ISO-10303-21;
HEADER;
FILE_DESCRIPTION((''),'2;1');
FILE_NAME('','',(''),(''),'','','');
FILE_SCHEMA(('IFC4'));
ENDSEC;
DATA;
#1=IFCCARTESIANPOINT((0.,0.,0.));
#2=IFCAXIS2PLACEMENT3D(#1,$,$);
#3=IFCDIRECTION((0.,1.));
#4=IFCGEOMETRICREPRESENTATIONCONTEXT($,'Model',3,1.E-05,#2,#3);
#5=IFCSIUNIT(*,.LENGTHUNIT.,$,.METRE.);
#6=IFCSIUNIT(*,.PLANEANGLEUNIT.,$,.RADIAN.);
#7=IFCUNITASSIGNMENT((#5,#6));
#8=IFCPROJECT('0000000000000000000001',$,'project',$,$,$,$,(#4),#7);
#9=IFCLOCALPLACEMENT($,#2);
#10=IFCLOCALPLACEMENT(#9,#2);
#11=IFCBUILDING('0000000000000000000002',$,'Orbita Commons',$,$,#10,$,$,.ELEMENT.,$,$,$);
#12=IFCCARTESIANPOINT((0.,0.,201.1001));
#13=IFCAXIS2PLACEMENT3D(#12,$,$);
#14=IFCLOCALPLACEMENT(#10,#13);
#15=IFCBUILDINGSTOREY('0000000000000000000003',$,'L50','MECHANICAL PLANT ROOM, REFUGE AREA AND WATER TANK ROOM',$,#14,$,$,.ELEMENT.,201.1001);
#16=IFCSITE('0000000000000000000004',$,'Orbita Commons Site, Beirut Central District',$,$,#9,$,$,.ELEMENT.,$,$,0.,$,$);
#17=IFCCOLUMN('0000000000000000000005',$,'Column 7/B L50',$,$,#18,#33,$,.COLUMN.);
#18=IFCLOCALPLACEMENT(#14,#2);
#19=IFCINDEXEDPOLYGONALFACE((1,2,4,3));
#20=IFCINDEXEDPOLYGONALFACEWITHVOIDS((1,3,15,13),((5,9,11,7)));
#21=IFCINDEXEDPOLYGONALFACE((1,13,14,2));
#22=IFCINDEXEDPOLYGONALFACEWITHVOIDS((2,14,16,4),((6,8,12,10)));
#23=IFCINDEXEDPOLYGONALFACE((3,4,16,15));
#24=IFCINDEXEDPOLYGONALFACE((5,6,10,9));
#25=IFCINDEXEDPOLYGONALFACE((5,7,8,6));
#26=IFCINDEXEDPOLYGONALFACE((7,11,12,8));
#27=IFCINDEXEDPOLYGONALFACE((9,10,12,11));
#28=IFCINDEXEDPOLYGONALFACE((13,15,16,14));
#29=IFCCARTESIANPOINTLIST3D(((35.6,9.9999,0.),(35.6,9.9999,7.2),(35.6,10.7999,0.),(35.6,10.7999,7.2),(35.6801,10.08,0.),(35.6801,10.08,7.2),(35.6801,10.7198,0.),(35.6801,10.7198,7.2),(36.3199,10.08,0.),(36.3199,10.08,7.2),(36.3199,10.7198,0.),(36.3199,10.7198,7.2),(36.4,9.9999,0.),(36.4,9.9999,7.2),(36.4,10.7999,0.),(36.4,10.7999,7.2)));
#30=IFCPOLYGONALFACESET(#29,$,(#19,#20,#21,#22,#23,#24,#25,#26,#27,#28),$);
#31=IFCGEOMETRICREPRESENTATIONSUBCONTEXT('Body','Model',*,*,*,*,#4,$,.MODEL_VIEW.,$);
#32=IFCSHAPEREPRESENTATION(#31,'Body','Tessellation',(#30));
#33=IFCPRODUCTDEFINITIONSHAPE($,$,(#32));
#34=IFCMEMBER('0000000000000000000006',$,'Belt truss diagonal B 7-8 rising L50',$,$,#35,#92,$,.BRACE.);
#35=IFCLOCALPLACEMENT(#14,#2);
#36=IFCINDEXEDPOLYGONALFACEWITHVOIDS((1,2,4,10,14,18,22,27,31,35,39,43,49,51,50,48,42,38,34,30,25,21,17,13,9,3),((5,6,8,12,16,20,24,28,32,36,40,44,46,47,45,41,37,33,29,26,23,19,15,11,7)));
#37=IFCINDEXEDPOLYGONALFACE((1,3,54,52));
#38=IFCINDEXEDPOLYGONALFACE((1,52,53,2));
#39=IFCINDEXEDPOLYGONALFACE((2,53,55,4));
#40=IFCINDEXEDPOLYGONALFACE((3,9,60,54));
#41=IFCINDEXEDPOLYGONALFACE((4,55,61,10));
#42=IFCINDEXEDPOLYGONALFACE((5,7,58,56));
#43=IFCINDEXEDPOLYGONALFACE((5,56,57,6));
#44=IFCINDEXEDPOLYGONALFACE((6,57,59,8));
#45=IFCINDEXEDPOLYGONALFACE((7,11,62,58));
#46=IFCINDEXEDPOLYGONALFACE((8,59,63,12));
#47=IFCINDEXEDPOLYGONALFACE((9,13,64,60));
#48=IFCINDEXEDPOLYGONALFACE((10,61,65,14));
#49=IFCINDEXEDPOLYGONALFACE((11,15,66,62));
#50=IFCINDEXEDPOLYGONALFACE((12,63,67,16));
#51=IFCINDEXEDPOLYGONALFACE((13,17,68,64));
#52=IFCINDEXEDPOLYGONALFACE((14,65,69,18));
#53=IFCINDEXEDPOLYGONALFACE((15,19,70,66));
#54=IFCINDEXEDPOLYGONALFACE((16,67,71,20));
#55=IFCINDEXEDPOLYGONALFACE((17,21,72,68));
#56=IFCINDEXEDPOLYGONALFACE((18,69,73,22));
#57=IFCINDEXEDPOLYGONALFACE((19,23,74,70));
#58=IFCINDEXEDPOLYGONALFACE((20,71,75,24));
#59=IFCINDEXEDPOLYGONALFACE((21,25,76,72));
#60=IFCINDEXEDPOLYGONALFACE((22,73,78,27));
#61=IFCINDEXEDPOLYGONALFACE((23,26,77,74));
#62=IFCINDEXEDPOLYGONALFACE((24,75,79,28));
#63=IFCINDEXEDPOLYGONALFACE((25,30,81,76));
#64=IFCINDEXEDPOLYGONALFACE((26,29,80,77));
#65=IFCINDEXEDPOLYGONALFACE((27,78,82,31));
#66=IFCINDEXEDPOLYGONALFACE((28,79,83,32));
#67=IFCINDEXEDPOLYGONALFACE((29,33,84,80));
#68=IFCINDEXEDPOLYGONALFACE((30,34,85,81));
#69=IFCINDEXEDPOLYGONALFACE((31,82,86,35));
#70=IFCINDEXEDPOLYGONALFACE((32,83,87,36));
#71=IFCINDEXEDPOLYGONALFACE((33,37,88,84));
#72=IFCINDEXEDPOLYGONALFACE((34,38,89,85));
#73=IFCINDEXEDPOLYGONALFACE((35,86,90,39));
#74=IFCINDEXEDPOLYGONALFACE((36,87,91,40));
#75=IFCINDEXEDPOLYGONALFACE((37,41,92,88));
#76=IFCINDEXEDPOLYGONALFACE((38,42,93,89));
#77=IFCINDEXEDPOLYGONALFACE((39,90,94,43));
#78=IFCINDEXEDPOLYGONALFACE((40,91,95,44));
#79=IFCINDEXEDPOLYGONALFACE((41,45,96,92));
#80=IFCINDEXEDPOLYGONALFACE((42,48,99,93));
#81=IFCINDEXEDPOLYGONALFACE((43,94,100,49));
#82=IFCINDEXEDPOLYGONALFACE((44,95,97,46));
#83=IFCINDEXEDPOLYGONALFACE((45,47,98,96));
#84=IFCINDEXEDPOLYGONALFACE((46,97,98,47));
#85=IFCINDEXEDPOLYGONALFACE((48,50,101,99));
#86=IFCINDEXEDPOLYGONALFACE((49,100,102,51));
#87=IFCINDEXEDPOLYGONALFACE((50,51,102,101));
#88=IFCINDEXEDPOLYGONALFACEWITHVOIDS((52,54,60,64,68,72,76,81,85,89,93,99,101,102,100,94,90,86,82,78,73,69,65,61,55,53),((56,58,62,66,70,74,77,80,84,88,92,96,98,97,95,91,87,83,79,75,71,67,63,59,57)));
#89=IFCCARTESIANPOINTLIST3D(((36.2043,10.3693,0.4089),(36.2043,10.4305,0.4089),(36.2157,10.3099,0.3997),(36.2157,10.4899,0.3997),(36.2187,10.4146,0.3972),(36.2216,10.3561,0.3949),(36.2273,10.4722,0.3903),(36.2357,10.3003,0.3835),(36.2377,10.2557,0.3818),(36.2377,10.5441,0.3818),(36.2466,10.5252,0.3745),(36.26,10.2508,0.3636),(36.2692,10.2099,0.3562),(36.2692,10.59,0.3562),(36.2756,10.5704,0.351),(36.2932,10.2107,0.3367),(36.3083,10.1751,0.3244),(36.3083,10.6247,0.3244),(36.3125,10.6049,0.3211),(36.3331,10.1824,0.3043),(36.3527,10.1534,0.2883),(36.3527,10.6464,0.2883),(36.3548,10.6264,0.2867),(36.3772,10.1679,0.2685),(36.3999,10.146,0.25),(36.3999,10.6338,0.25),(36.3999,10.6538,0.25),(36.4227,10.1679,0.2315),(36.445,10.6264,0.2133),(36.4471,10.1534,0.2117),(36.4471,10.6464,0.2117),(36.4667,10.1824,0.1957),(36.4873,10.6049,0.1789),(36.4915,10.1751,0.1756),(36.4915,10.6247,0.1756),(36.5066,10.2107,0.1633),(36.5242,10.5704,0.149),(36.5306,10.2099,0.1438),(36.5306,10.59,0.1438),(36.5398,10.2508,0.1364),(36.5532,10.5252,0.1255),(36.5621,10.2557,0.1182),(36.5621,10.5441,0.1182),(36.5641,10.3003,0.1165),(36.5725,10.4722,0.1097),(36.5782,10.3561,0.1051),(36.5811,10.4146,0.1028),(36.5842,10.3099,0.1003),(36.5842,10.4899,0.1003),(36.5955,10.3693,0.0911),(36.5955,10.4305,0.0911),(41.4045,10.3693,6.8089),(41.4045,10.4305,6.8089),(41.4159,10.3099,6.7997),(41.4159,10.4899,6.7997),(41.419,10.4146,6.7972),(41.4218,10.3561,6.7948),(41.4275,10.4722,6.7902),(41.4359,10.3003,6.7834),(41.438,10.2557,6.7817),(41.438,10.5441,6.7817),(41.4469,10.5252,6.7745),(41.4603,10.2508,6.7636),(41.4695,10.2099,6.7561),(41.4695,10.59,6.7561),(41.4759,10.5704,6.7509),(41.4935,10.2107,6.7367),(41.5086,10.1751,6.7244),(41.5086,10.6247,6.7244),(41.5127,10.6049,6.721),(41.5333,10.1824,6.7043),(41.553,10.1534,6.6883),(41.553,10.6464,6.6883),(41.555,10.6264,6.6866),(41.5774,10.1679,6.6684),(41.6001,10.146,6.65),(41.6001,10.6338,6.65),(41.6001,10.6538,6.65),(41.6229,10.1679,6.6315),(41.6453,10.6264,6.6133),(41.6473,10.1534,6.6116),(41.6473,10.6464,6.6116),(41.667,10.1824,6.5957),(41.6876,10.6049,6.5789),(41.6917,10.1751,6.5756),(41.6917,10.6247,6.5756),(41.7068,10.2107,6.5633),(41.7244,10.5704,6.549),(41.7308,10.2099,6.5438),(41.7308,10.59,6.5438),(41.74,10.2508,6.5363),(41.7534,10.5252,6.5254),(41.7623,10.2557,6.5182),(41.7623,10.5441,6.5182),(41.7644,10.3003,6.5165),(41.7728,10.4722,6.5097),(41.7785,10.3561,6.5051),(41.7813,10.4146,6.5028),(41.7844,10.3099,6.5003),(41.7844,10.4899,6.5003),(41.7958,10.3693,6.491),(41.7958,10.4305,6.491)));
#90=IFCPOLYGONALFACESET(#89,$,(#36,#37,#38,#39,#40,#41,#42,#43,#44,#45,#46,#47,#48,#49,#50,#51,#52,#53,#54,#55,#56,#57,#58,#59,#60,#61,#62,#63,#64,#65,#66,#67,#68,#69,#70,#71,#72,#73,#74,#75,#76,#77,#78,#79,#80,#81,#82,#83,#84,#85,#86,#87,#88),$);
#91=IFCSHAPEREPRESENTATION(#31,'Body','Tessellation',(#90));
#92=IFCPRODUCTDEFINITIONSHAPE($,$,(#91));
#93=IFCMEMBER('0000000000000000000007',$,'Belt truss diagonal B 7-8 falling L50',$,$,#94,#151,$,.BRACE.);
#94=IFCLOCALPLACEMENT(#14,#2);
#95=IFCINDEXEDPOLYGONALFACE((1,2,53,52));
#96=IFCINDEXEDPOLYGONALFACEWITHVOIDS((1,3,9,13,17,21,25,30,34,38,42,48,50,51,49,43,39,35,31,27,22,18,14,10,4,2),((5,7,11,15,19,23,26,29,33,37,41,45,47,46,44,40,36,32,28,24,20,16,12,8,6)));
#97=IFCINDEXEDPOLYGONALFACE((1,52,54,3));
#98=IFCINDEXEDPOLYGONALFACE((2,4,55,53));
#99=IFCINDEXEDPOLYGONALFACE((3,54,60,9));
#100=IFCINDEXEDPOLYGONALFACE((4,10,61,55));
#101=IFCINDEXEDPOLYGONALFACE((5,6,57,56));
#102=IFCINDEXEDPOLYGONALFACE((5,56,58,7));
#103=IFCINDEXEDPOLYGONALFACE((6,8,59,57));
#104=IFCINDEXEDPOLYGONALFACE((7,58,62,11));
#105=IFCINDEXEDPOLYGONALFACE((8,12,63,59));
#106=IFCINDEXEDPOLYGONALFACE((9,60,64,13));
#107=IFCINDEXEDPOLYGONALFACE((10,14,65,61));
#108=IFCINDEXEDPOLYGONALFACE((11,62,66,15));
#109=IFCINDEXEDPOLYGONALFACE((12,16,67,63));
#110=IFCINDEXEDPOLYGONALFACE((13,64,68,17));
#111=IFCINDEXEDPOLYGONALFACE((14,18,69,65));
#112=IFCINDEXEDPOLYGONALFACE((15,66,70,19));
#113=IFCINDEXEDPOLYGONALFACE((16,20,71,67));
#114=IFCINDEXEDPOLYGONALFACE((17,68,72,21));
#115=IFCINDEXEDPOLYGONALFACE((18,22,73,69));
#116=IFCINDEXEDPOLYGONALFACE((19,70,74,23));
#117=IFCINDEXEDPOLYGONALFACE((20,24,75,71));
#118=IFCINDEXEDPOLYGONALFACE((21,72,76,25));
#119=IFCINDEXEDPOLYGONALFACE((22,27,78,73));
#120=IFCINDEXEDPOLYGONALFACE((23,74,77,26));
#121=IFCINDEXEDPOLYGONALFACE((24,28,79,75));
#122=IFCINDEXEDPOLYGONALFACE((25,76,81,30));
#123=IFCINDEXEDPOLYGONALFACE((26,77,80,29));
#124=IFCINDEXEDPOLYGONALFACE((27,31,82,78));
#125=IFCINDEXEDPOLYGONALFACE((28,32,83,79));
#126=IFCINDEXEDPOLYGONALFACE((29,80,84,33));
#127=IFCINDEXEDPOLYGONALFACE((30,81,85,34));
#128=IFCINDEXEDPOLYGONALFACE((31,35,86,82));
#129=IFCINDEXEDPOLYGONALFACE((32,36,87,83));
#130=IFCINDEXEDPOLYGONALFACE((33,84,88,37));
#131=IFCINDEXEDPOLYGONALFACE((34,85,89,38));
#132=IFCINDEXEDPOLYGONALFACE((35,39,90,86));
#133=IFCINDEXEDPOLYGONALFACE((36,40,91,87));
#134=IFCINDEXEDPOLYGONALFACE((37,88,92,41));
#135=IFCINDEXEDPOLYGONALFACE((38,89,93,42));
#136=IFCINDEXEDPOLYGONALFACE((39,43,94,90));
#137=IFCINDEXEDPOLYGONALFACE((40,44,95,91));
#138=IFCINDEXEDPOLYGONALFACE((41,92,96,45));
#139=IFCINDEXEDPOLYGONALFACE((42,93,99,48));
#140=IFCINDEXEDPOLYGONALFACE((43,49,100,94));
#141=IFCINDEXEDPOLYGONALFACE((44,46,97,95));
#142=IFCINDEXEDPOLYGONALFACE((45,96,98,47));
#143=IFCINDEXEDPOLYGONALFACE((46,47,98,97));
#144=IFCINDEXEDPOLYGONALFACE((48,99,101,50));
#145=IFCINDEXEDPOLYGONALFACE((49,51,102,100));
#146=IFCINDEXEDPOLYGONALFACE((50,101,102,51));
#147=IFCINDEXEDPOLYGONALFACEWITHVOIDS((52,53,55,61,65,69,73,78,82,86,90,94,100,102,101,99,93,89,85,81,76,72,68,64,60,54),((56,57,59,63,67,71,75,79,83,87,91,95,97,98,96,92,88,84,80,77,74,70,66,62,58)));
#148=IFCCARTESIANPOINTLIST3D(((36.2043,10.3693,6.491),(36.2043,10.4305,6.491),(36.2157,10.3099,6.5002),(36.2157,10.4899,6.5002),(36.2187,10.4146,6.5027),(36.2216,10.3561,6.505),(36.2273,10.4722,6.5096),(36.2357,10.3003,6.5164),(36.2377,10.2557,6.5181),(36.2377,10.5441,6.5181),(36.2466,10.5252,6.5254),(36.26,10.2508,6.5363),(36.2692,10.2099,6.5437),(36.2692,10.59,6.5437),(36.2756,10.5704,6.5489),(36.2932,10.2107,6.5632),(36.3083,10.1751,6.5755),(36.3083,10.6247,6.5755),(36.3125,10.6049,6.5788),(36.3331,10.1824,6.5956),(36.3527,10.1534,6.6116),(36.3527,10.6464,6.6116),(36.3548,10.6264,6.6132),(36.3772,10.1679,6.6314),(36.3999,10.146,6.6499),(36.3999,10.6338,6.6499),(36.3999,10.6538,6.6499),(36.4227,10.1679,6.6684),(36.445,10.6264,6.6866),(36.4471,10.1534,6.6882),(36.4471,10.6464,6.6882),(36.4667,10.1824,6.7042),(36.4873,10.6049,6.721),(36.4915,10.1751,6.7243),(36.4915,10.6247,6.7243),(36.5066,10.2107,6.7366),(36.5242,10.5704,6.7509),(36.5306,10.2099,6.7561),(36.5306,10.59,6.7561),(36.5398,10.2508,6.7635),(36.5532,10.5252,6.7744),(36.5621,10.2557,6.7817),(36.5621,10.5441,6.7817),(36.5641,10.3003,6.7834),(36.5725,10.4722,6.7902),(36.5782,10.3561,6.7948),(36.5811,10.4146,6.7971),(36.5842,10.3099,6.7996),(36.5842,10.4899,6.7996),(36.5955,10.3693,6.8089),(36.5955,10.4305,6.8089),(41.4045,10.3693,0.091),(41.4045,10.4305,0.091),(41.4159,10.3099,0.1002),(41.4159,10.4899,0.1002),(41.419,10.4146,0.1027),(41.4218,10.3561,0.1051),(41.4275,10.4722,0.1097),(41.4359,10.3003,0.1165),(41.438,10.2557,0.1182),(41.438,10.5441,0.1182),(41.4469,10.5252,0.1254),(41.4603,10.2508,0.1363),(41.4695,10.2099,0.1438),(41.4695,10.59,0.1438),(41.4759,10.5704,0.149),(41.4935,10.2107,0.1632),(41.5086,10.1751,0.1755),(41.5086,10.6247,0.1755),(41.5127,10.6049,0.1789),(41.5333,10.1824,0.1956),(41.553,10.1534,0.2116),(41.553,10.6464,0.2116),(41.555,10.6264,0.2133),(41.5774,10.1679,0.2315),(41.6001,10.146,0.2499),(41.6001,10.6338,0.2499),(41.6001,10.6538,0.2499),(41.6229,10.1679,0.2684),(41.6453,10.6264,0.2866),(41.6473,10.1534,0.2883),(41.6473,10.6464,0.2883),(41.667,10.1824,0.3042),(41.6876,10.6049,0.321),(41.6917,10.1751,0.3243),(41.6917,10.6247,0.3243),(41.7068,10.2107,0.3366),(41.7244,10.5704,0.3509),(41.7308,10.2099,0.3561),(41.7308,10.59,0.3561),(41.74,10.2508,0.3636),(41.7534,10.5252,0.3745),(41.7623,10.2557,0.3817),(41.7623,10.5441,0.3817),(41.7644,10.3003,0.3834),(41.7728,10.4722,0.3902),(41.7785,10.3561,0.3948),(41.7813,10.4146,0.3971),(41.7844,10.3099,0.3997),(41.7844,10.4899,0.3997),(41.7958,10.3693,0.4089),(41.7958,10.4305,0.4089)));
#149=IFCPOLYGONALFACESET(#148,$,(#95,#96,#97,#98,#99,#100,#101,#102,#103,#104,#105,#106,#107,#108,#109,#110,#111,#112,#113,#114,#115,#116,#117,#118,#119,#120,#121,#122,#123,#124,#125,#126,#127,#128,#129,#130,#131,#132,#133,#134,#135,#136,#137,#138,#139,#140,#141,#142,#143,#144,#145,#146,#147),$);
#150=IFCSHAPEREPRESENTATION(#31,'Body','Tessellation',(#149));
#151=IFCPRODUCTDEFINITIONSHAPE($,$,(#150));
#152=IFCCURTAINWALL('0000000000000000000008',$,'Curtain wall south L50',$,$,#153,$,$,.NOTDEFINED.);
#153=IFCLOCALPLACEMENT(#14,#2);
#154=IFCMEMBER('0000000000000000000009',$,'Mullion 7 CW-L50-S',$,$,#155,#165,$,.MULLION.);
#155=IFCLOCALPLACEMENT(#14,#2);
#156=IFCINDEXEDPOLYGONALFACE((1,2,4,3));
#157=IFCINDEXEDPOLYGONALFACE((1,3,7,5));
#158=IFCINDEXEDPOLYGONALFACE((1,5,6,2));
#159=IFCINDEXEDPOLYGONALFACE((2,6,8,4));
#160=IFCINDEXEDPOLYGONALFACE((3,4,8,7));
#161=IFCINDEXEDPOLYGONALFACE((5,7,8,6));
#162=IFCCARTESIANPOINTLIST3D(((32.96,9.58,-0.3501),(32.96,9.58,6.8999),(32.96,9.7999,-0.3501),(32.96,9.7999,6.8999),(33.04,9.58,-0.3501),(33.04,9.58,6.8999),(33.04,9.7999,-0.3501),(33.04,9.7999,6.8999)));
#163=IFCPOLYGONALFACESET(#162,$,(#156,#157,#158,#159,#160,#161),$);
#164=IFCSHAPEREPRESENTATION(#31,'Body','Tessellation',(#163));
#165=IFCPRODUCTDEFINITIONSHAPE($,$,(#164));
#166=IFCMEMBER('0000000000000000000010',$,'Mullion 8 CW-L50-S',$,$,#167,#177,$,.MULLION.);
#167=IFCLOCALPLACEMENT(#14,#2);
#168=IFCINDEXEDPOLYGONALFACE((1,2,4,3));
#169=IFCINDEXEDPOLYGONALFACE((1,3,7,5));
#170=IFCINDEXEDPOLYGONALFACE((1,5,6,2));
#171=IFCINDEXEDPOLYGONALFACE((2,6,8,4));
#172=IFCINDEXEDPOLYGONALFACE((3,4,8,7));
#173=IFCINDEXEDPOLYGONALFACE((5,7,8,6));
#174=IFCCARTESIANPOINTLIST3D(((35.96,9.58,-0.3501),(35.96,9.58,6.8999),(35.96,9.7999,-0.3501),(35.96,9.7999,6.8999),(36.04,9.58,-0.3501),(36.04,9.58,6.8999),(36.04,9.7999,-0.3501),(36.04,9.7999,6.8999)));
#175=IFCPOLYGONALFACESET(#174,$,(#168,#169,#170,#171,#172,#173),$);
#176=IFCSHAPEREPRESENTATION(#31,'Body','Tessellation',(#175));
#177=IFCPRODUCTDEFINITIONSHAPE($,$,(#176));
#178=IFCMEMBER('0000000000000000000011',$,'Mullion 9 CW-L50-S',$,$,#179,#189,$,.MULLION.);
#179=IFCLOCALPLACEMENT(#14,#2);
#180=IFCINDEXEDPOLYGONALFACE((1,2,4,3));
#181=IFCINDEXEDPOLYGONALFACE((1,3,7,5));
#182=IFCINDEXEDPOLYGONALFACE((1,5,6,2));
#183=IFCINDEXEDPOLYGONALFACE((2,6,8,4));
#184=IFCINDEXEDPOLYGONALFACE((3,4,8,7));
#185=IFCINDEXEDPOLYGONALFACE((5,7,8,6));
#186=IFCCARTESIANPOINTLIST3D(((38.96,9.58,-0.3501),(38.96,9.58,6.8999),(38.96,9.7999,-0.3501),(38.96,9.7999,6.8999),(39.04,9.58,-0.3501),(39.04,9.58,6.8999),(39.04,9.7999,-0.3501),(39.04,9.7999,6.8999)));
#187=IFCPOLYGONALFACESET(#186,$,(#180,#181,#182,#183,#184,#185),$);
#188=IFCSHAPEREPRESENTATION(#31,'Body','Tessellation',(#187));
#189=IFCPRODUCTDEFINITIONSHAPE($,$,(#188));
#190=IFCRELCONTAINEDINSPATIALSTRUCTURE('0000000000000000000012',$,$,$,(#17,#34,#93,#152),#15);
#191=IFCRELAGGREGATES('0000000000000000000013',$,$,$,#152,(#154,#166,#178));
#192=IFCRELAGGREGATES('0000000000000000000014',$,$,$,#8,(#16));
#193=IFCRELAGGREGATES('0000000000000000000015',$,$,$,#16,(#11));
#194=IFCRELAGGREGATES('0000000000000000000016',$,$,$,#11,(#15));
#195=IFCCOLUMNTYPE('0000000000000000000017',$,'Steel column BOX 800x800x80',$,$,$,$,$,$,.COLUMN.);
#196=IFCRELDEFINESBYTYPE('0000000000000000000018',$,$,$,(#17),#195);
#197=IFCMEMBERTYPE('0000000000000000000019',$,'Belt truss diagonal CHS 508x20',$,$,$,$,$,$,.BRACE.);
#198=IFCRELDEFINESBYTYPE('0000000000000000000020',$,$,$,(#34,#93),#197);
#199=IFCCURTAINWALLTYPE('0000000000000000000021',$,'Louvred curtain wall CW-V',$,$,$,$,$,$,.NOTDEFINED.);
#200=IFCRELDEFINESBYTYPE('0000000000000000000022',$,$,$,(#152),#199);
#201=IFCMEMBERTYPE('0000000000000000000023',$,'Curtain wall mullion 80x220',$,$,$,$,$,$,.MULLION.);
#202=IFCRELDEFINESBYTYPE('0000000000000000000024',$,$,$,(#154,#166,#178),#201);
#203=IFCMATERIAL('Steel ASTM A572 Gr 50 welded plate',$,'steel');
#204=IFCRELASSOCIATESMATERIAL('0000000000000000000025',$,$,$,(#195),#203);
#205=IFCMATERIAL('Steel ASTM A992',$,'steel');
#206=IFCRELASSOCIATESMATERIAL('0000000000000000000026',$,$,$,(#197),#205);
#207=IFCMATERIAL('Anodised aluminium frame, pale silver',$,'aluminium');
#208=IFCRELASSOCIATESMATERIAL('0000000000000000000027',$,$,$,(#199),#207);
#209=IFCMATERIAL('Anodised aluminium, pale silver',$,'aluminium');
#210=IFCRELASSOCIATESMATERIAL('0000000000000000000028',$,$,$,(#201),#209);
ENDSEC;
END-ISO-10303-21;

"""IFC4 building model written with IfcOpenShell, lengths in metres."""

from ifc_helpers import new_model, si_unit, direction, frame, origin, origin_2d, place, context, subcontext, project, spatial, rectangle, hollow_rectangle, hollow_circle, extrude, material, material_profile, profile_set, type_object, element, aggregate, save


model = new_model("IFC4")

# Units and contexts
model_context = context("Model", 3, precision=1e-05, world=origin(), true_north=direction((0.0, 1.0)))
body_context = subcontext(model_context, "Body", "Model", "MODEL_VIEW")
ifc_project = project(units=[si_unit("LENGTHUNIT", "METRE"), si_unit("PLANEANGLEUNIT", "RADIAN")], contexts=[model_context])

# Site, building, storey
site_placement = place(None, origin())
site = spatial("IfcSite", under=ifc_project, at=site_placement, Name="Orbita Commons Site, Beirut Central District", CompositionType="ELEMENT", RefElevation=0.0)
building_placement = place(site_placement, origin())
building = spatial("IfcBuilding", under=site, at=building_placement, Name="Orbita Commons", CompositionType="ELEMENT")
storey_placement = place(building_placement, frame((0.0, 0.0, 201.1001)))
storey = spatial("IfcBuildingStorey", under=building, at=storey_placement, Name="L50", Description="MECHANICAL PLANT ROOM, REFUGE AREA AND WATER TANK ROOM", CompositionType="ELEMENT", Elevation=201.1001)

# Column
ifc_material_1 = material(Name="Steel ASTM A572 Gr 50 welded plate", Category="steel")
ifc_material_profile_1 = material_profile(ifc_material_1, hollow_rectangle(XDim=0.8, YDim=0.8, WallThickness=0.0801, at=origin_2d()), Name="BOX 800x800x80")
ifc_profile_set_1 = profile_set([ifc_material_profile_1], Name="Steel ASTM A572 Gr 50 welded plate")
column_type = type_object("IfcColumnType", Name="Steel column BOX 800x800x80", PredefinedType="COLUMN", material=ifc_profile_set_1)
column_placement = place(storey_placement, frame((36.0, 10.3999, 0.0), z_axis=(0.0, 0.0, 1.0), x_axis=(1.0, 0.0, 0.0)))
element("IfcColumn", 1, at=column_placement, inside=storey, type_object=column_type, Name="Column 7/B L50", PredefinedType="COLUMN", context=body_context, shape_type="SweptSolid", body=[
    extrude(hollow_rectangle(XDim=0.8, YDim=0.8, WallThickness=0.0801, at=origin_2d()), origin(), (0.0, 0.0, 1.0), 7.2),
])

# Members
ifc_material_2 = material(Name="Steel ASTM A992", Category="steel")
ifc_material_profile_2 = material_profile(ifc_material_2, hollow_circle(Radius=0.2539, WallThickness=0.02, at=origin_2d()), Name="CHS 508x20")
ifc_profile_set_2 = profile_set([ifc_material_profile_2], Name="Steel ASTM A992")
member_type_1 = type_object("IfcMemberType", Name="Belt truss diagonal CHS 508x20", PredefinedType="BRACE", material=ifc_profile_set_2)
for number, where, z_axis, x_axis, name in (
    (2, (36.3999, 10.3999, 0.25), (0.630613, 0.0, 0.776098), (0.0, 1.0, 0.0), "Belt truss diagonal B 7-8 rising L50"),
    (3, (36.3999, 10.3999, 6.6499), (0.630613, 0.0, -0.776098), (0.0, 1.0, 0.0), "Belt truss diagonal B 7-8 falling L50"),
):
    element("IfcMember", number, at=place(storey_placement, frame(where, z_axis=z_axis, x_axis=x_axis)), inside=storey, type_object=member_type_1, Name=name, PredefinedType="BRACE", context=body_context, shape_type="SweptSolid", body=[
        extrude(hollow_circle(Radius=0.2539, WallThickness=0.02, at=origin_2d()), origin(), (0.0, 0.0, 1.0), 8.2463),
    ])

# Curtain wall, members
ifc_material_3 = material(Name="Anodised aluminium frame, pale silver", Category="aluminium")
curtain_wall_type = type_object("IfcCurtainWallType", Name="Louvred curtain wall CW-V", PredefinedType="NOTDEFINED", material=ifc_material_3)
curtain_wall_placement = place(storey_placement, origin())
curtain_wall = element("IfcCurtainWall", 4, at=curtain_wall_placement, inside=storey, type_object=curtain_wall_type, Name="Curtain wall south L50", PredefinedType="NOTDEFINED")
ifc_material_4 = material(Name="Anodised aluminium, pale silver", Category="aluminium")
ifc_material_profile_3 = material_profile(ifc_material_4, rectangle(XDim=0.0801, YDim=0.22, at=origin_2d()), Name="AL 80x220")
ifc_profile_set_3 = profile_set([ifc_material_profile_3], Name="Anodised aluminium, pale silver")
member_type_2 = type_object("IfcMemberType", Name="Curtain wall mullion 80x220", PredefinedType="MULLION", material=ifc_profile_set_3)
member_1_placement = place(storey_placement, frame((33.0, 9.6899, -0.3501), z_axis=(0.0, 0.0, 1.0), x_axis=(1.0, 0.0, 0.0)))
member_1 = element("IfcMember", 5, at=member_1_placement, type_object=member_type_2, Name="Mullion 7 CW-L50-S", PredefinedType="MULLION", context=body_context, shape_type="SweptSolid", body=[
    extrude(rectangle(XDim=0.0801, YDim=0.22, at=origin_2d()), origin(), (0.0, 0.0, 1.0), 7.25),
])
member_2_placement = place(storey_placement, frame((36.0, 9.6899, -0.3501), z_axis=(0.0, 0.0, 1.0), x_axis=(1.0, 0.0, 0.0)))
member_2 = element("IfcMember", 6, at=member_2_placement, type_object=member_type_2, Name="Mullion 8 CW-L50-S", PredefinedType="MULLION", context=body_context, shape_type="SweptSolid", body=[
    extrude(rectangle(XDim=0.0801, YDim=0.22, at=origin_2d()), origin(), (0.0, 0.0, 1.0), 7.25),
])
member_3_placement = place(storey_placement, frame((39.0, 9.6899, -0.3501), z_axis=(0.0, 0.0, 1.0), x_axis=(1.0, 0.0, 0.0)))
member_3 = element("IfcMember", 7, at=member_3_placement, type_object=member_type_2, Name="Mullion 9 CW-L50-S", PredefinedType="MULLION", context=body_context, shape_type="SweptSolid", body=[
    extrude(rectangle(XDim=0.0801, YDim=0.22, at=origin_2d()), origin(), (0.0, 0.0, 1.0), 7.25),
])

aggregate(curtain_wall, [member_1, member_2, member_3])

save(model, "model.ifc")
